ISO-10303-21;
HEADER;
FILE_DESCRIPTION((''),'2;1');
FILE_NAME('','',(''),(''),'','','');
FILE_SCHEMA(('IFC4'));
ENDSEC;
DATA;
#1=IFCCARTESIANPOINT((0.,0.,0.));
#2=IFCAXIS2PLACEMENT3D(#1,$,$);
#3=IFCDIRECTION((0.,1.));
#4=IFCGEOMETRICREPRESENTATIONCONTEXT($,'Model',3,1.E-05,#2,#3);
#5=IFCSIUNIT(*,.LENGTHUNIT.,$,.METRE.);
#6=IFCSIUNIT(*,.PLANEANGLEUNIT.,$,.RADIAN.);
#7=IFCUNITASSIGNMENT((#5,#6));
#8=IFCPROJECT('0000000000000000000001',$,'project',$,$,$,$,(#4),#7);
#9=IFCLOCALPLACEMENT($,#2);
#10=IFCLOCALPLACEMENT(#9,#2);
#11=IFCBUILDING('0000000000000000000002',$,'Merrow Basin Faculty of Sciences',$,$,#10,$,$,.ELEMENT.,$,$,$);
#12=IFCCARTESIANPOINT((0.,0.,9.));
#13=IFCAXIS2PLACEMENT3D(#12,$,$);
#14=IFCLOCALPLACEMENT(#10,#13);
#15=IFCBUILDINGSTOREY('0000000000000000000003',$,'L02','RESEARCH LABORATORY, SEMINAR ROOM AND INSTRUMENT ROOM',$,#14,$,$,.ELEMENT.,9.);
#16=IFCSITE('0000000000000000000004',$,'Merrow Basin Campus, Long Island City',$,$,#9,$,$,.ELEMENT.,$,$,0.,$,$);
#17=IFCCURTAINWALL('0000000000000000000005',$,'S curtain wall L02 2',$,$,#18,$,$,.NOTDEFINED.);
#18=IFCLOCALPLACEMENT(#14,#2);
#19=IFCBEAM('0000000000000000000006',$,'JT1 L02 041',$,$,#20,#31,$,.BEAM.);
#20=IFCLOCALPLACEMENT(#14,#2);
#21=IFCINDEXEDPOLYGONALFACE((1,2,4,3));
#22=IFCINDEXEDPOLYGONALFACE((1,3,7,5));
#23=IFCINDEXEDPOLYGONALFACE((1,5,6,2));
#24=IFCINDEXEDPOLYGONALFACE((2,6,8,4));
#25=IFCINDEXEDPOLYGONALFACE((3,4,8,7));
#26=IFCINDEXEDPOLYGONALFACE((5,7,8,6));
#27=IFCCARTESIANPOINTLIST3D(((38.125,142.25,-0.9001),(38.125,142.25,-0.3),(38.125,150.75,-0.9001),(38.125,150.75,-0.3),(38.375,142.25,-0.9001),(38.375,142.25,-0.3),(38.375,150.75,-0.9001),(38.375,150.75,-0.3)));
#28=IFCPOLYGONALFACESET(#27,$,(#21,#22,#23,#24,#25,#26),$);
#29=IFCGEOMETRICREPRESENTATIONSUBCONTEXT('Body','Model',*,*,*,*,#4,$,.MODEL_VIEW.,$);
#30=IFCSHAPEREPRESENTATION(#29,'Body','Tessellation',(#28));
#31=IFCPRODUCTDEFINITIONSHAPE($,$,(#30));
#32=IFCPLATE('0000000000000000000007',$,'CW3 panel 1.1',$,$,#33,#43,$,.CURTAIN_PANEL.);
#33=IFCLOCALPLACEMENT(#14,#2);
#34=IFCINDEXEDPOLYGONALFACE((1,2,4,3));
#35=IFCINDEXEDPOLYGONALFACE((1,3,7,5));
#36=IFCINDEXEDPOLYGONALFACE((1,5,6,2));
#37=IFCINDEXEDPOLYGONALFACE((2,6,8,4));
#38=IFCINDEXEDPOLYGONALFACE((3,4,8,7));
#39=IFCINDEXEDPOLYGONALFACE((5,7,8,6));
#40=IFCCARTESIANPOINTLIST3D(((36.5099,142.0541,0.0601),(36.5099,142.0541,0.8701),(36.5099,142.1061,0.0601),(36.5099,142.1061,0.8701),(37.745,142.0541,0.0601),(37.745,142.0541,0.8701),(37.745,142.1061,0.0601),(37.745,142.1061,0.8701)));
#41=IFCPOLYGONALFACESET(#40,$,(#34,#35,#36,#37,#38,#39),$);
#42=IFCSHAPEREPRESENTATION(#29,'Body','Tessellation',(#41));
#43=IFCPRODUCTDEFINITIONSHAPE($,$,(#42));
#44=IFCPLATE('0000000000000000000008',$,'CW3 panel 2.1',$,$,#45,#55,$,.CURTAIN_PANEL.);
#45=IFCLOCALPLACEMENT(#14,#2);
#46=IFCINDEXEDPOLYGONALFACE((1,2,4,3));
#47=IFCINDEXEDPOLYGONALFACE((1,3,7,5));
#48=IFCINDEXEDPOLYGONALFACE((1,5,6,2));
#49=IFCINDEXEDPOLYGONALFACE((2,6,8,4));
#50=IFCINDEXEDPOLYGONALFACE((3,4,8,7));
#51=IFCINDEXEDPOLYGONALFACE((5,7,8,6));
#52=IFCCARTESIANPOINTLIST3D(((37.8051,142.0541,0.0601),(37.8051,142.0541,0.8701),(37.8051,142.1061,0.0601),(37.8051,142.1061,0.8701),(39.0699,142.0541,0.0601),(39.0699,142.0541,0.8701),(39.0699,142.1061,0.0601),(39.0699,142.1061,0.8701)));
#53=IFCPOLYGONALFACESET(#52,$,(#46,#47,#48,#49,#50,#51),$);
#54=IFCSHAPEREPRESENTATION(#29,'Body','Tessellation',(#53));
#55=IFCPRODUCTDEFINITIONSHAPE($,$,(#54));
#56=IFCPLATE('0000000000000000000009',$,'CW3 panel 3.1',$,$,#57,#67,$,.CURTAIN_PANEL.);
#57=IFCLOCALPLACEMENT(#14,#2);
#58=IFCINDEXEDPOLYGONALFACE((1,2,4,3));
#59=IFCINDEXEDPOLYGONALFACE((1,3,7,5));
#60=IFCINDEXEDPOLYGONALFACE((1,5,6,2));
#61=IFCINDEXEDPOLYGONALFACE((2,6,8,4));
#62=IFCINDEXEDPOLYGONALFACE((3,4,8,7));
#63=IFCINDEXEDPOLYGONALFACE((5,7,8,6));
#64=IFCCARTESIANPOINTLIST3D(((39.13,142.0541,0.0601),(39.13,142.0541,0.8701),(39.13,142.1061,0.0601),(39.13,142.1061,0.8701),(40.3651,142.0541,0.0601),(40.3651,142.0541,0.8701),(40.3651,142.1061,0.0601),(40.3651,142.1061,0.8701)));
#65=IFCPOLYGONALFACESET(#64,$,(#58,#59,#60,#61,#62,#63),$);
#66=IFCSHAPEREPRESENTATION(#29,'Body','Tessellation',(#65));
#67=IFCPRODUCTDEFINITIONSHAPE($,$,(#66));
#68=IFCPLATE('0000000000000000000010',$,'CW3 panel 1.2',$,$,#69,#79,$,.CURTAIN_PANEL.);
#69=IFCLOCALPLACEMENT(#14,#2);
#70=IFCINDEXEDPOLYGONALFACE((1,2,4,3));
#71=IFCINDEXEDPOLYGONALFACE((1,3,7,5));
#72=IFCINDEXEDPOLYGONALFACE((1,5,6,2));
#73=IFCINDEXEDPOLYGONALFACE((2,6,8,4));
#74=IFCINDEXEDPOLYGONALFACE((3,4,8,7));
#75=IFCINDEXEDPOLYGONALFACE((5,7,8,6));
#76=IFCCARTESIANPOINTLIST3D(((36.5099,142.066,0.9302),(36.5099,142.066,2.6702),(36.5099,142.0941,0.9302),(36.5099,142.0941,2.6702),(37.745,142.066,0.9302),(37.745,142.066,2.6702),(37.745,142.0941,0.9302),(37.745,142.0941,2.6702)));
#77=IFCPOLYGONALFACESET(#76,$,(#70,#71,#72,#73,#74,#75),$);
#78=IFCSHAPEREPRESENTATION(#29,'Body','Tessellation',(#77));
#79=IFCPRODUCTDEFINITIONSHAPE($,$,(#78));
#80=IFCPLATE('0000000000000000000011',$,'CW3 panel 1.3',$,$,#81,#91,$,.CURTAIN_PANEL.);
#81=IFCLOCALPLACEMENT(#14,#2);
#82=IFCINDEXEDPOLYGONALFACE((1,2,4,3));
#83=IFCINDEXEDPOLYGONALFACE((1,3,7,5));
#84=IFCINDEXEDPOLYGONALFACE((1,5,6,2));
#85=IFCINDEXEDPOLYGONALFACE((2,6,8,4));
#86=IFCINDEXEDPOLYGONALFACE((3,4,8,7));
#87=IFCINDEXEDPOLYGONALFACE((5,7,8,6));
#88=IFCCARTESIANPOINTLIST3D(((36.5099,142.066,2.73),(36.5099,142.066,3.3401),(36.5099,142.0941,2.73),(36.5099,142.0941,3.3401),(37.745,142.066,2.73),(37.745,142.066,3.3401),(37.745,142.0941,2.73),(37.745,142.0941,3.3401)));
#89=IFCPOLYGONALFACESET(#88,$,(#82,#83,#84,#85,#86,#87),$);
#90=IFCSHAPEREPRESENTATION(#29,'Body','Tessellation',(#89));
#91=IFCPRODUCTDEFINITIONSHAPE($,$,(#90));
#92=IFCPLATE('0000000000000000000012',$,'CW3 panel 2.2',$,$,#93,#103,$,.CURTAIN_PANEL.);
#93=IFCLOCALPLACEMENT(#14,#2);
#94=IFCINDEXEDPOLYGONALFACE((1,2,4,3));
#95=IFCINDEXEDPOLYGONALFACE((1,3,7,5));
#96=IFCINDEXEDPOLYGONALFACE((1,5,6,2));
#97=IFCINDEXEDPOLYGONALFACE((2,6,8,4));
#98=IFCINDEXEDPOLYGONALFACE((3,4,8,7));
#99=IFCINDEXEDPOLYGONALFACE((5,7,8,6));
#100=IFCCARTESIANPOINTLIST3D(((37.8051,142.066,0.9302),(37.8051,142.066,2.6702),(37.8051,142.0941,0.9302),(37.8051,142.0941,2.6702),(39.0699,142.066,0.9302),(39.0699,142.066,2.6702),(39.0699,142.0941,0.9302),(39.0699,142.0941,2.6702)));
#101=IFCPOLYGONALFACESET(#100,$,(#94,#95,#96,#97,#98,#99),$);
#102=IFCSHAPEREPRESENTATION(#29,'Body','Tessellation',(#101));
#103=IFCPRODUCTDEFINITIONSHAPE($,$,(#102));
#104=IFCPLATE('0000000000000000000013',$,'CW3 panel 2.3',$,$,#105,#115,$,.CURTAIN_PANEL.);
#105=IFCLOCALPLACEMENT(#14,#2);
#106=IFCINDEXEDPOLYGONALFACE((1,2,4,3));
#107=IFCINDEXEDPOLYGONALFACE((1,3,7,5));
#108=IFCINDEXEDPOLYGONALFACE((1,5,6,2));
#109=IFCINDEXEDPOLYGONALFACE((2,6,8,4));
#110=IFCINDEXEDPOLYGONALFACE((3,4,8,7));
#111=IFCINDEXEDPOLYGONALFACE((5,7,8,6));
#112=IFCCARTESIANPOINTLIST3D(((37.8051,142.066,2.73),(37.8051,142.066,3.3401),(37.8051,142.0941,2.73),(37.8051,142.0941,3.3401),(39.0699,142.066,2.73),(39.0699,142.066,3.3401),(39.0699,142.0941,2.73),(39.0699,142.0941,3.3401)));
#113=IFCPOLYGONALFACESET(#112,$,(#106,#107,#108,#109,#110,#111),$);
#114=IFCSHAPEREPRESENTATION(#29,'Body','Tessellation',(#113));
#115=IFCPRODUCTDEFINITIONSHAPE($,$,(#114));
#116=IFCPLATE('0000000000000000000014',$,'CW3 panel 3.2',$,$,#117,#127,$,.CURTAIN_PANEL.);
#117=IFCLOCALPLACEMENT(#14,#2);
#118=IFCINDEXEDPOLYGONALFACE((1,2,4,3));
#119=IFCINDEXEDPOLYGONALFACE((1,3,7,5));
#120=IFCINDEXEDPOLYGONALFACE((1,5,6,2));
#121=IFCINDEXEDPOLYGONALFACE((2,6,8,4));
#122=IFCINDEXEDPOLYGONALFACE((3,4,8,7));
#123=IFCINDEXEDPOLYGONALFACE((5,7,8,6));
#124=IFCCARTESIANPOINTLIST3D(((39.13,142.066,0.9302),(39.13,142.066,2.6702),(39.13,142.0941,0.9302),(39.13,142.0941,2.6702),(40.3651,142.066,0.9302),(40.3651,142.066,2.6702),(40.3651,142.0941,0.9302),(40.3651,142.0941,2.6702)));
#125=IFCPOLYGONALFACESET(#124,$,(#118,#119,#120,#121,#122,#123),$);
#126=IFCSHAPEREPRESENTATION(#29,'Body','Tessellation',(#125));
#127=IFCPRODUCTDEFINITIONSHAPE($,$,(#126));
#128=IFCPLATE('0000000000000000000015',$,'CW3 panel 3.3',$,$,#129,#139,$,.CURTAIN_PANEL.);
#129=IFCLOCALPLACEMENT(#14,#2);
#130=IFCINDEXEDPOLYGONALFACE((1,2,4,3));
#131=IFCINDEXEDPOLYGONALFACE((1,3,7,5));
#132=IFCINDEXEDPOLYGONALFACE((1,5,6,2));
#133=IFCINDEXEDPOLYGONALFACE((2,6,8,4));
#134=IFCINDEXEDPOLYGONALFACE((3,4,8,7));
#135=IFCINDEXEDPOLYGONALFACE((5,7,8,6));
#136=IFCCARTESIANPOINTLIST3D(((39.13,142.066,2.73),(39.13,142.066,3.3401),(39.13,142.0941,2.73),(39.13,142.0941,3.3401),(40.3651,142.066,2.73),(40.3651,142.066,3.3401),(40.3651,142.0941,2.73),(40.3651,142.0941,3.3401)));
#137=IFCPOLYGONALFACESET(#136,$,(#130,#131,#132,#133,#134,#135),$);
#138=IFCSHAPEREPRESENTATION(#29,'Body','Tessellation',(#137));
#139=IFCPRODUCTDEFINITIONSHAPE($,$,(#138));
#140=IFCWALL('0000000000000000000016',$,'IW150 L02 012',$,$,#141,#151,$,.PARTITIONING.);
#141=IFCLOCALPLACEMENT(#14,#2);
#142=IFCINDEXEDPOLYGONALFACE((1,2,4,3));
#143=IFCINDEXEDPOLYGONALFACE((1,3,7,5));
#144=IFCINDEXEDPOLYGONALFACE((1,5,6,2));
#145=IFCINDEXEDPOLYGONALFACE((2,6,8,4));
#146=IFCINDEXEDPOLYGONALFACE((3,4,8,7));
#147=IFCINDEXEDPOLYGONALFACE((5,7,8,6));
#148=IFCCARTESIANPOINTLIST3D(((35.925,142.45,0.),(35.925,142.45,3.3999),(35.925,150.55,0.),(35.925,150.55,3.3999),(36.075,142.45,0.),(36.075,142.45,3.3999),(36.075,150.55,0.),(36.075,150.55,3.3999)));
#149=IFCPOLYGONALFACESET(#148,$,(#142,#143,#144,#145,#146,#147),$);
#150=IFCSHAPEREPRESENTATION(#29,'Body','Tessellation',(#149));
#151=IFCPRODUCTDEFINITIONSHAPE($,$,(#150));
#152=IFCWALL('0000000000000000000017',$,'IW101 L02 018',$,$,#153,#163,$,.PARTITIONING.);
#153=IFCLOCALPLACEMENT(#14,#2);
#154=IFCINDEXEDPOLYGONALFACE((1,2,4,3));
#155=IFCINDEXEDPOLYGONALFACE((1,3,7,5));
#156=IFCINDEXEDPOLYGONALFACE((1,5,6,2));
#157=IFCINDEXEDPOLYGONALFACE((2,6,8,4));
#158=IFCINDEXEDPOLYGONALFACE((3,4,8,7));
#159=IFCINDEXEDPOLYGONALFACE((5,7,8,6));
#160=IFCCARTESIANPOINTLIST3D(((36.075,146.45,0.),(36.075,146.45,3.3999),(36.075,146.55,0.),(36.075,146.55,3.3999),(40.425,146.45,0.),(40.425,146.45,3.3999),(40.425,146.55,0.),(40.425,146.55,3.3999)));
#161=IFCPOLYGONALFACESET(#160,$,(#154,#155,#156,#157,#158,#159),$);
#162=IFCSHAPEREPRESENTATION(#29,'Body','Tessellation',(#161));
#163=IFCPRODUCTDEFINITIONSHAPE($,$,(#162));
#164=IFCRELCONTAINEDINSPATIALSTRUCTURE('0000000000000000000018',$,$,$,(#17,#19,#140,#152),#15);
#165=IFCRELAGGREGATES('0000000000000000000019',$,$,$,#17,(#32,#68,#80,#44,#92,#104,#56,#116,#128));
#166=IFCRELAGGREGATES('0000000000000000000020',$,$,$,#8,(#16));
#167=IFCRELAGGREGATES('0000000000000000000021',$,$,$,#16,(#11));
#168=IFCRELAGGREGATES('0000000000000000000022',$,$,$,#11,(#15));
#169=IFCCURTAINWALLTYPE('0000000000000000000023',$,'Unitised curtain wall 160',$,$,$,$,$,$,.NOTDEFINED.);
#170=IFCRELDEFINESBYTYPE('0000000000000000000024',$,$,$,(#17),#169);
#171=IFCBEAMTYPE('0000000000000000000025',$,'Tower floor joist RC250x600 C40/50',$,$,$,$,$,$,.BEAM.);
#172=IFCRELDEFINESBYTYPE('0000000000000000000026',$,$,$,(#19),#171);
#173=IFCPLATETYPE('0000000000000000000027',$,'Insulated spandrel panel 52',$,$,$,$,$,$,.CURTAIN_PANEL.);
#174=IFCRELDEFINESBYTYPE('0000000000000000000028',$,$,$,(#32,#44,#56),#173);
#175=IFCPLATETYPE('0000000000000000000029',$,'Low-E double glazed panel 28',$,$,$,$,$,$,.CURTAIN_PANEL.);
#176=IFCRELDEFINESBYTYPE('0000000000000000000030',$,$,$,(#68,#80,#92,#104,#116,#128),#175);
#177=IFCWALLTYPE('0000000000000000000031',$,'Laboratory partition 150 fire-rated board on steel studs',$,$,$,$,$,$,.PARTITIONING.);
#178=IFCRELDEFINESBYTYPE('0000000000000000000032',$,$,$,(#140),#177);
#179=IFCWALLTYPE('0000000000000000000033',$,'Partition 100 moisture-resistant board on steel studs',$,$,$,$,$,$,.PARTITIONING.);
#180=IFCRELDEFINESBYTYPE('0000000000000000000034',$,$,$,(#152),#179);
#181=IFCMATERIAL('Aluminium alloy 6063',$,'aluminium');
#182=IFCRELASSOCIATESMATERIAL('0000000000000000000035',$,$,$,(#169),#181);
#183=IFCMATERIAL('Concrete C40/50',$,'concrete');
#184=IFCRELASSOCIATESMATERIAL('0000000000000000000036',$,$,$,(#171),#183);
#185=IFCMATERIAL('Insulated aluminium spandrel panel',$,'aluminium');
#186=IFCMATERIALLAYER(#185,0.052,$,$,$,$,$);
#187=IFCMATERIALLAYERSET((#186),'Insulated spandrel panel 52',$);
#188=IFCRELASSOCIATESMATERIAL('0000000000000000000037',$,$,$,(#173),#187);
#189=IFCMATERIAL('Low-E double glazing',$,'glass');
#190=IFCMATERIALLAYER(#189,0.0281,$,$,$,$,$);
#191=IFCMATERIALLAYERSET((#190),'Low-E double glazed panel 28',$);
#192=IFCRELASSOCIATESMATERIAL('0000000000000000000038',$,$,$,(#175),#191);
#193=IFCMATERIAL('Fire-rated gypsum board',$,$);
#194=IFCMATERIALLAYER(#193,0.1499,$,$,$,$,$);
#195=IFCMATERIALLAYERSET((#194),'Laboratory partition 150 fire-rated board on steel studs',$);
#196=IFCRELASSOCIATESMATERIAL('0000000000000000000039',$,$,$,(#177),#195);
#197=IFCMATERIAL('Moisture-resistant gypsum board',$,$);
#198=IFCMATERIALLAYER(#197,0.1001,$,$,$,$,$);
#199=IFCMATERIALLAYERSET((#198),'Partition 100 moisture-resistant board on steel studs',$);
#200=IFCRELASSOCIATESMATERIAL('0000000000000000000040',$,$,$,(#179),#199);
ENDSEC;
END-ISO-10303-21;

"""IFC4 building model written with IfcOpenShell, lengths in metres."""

from ifc_helpers import new_model, si_unit, direction, frame, frame_2d, origin, origin_2d, place, context, subcontext, project, spatial, rectangle, extrude, material, layer, layer_set, material_profile, profile_set, type_object, element, aggregate, save


model = new_model("IFC4")

# Units and contexts
model_context = context("Model", 3, precision=1e-05, world=origin(), true_north=direction((0.0, 1.0)))
body_context = subcontext(model_context, "Body", "Model", "MODEL_VIEW")
ifc_project = project(units=[si_unit("LENGTHUNIT", "METRE"), si_unit("PLANEANGLEUNIT", "RADIAN")], contexts=[model_context])

# Site, building, storey
site_placement = place(None, origin())
site = spatial("IfcSite", under=ifc_project, at=site_placement, Name="Merrow Basin Campus, Long Island City", CompositionType="ELEMENT", RefElevation=0.0)
building_placement = place(site_placement, origin())
building = spatial("IfcBuilding", under=site, at=building_placement, Name="Merrow Basin Faculty of Sciences", CompositionType="ELEMENT")
storey_placement = place(building_placement, frame((0.0, 0.0, 9.0)))
storey = spatial("IfcBuildingStorey", under=building, at=storey_placement, Name="L02", Description="RESEARCH LABORATORY, SEMINAR ROOM AND INSTRUMENT ROOM", CompositionType="ELEMENT", Elevation=9.0)

# Curtain wall
ifc_material_1 = material(Name="Aluminium alloy 6063", Category="aluminium")
curtain_wall_type = type_object("IfcCurtainWallType", Name="Unitised curtain wall 160", PredefinedType="NOTDEFINED", material=ifc_material_1)
curtain_wall_placement = place(storey_placement, origin())
curtain_wall = element("IfcCurtainWall", 1, at=curtain_wall_placement, inside=storey, type_object=curtain_wall_type, Name="S curtain wall L02 2", PredefinedType="NOTDEFINED")

# Beam
ifc_material_2 = material(Name="Concrete C40/50", Category="concrete")
ifc_material_profile_1 = material_profile(ifc_material_2, rectangle(XDim=0.25, YDim=0.6001, at=origin_2d()))
ifc_profile_set_1 = profile_set([ifc_material_profile_1], Name="Concrete C40/50")
beam_type_1 = type_object("IfcBeamType", Name="Tower floor joist RC250x600 C40/50", PredefinedType="BEAM", material=ifc_profile_set_1)
for number, where, z_axis, x_axis, name in (
    (2, (38.25, 142.25, -0.6001), (0.0, 1.0, 0.0), (-1.0, 0.0, 0.0), "JT1 L02 041"),
):
    element("IfcBeam", number, at=place(storey_placement, frame(where, z_axis=z_axis, x_axis=x_axis)), inside=storey, type_object=beam_type_1, Name=name, PredefinedType="BEAM", context=body_context, shape_type="SweptSolid", body=[
        extrude(rectangle(XDim=0.25, YDim=0.6001, at=origin_2d()), origin(), (0.0, 0.0, 1.0), 8.5),
    ])

# Plates
ifc_material_3 = material(Name="Insulated aluminium spandrel panel", Category="aluminium")
ifc_layer_1 = layer(ifc_material_3, 0.052)
ifc_layer_set_1 = layer_set([ifc_layer_1], Name="Insulated spandrel panel 52")
plate_type_1 = type_object("IfcPlateType", Name="Insulated spandrel panel 52", PredefinedType="CURTAIN_PANEL", material=ifc_layer_set_1)
plate_1_placement = place(storey_placement, frame((37.1274, 142.0801, 0.0601), z_axis=(0.0, 0.0, 1.0), x_axis=(1.0, 0.0, 0.0)))
plate_1 = element("IfcPlate", 3, at=plate_1_placement, type_object=plate_type_1, Name="CW3 panel 1.1", PredefinedType="CURTAIN_PANEL", context=body_context, shape_type="SweptSolid", body=[
    extrude(rectangle(XDim=1.2351, YDim=0.052, at=origin_2d()), origin(), (0.0, 0.0, 1.0), 0.8101),
])
plate_2_placement = place(storey_placement, frame((38.4375, 142.0801, 0.0601), z_axis=(0.0, 0.0, 1.0), x_axis=(1.0, 0.0, 0.0)))
plate_2 = element("IfcPlate", 4, at=plate_2_placement, type_object=plate_type_1, Name="CW3 panel 2.1", PredefinedType="CURTAIN_PANEL", context=body_context, shape_type="SweptSolid", body=[
    extrude(rectangle(XDim=1.2649, YDim=0.052, at=origin_2d()), origin(), (0.0, 0.0, 1.0), 0.8101),
])
plate_3_placement = place(storey_placement, frame((39.7476, 142.0801, 0.0601), z_axis=(0.0, 0.0, 1.0), x_axis=(1.0, 0.0, 0.0)))
plate_3 = element("IfcPlate", 5, at=plate_3_placement, type_object=plate_type_1, Name="CW3 panel 3.1", PredefinedType="CURTAIN_PANEL", context=body_context, shape_type="SweptSolid", body=[
    extrude(rectangle(XDim=1.2351, YDim=0.052, at=origin_2d()), origin(), (0.0, 0.0, 1.0), 0.8101),
])
ifc_material_4 = material(Name="Low-E double glazing", Category="glass")
ifc_layer_2 = layer(ifc_material_4, 0.0281)
ifc_layer_set_2 = layer_set([ifc_layer_2], Name="Low-E double glazed panel 28")
plate_type_2 = type_object("IfcPlateType", Name="Low-E double glazed panel 28", PredefinedType="CURTAIN_PANEL", material=ifc_layer_set_2)
plate_4_placement = place(storey_placement, frame((37.1274, 142.0801, 0.9302), z_axis=(0.0, 0.0, 1.0), x_axis=(1.0, 0.0, 0.0)))
plate_4 = element("IfcPlate", 6, at=plate_4_placement, type_object=plate_type_2, Name="CW3 panel 1.2", PredefinedType="CURTAIN_PANEL", context=body_context, shape_type="SweptSolid", body=[
    extrude(rectangle(XDim=1.2351, YDim=0.0281, at=origin_2d()), origin(), (0.0, 0.0, 1.0), 1.74),
])
plate_5_placement = place(storey_placement, frame((37.1274, 142.0801, 2.73), z_axis=(0.0, 0.0, 1.0), x_axis=(1.0, 0.0, 0.0)))
plate_5 = element("IfcPlate", 7, at=plate_5_placement, type_object=plate_type_2, Name="CW3 panel 1.3", PredefinedType="CURTAIN_PANEL", context=body_context, shape_type="SweptSolid", body=[
    extrude(rectangle(XDim=1.2351, YDim=0.0281, at=origin_2d()), origin(), (0.0, 0.0, 1.0), 0.6101),
])
plate_6_placement = place(storey_placement, frame((38.4375, 142.0801, 0.9302), z_axis=(0.0, 0.0, 1.0), x_axis=(1.0, 0.0, 0.0)))
plate_6 = element("IfcPlate", 8, at=plate_6_placement, type_object=plate_type_2, Name="CW3 panel 2.2", PredefinedType="CURTAIN_PANEL", context=body_context, shape_type="SweptSolid", body=[
    extrude(rectangle(XDim=1.2649, YDim=0.0281, at=origin_2d()), origin(), (0.0, 0.0, 1.0), 1.74),
])
plate_7_placement = place(storey_placement, frame((38.4375, 142.0801, 2.73), z_axis=(0.0, 0.0, 1.0), x_axis=(1.0, 0.0, 0.0)))
plate_7 = element("IfcPlate", 9, at=plate_7_placement, type_object=plate_type_2, Name="CW3 panel 2.3", PredefinedType="CURTAIN_PANEL", context=body_context, shape_type="SweptSolid", body=[
    extrude(rectangle(XDim=1.2649, YDim=0.0281, at=origin_2d()), origin(), (0.0, 0.0, 1.0), 0.6101),
])
plate_8_placement = place(storey_placement, frame((39.7476, 142.0801, 0.9302), z_axis=(0.0, 0.0, 1.0), x_axis=(1.0, 0.0, 0.0)))
plate_8 = element("IfcPlate", 10, at=plate_8_placement, type_object=plate_type_2, Name="CW3 panel 3.2", PredefinedType="CURTAIN_PANEL", context=body_context, shape_type="SweptSolid", body=[
    extrude(rectangle(XDim=1.2351, YDim=0.0281, at=origin_2d()), origin(), (0.0, 0.0, 1.0), 1.74),
])
plate_9_placement = place(storey_placement, frame((39.7476, 142.0801, 2.73), z_axis=(0.0, 0.0, 1.0), x_axis=(1.0, 0.0, 0.0)))
plate_9 = element("IfcPlate", 11, at=plate_9_placement, type_object=plate_type_2, Name="CW3 panel 3.3", PredefinedType="CURTAIN_PANEL", context=body_context, shape_type="SweptSolid", body=[
    extrude(rectangle(XDim=1.2351, YDim=0.0281, at=origin_2d()), origin(), (0.0, 0.0, 1.0), 0.6101),
])
aggregate(curtain_wall, [plate_1, plate_4, plate_5, plate_2, plate_6, plate_7, plate_3, plate_8, plate_9])

# Walls
ifc_material_5 = material(Name="Fire-rated gypsum board")
ifc_layer_3 = layer(ifc_material_5, 0.1499)
ifc_layer_set_3 = layer_set([ifc_layer_3], Name="Laboratory partition 150 fire-rated board on steel studs")
wall_type_1 = type_object("IfcWallType", Name="Laboratory partition 150 fire-rated board on steel studs", PredefinedType="PARTITIONING", material=ifc_layer_set_3)
wall_1_placement = place(storey_placement, frame((36.0, 142.45, 0.0), z_axis=(0.0, 0.0, 1.0), x_axis=(0.0, 1.0, 0.0)))
element("IfcWall", 12, at=wall_1_placement, inside=storey, type_object=wall_type_1, Name="IW150 L02 012", PredefinedType="PARTITIONING", context=body_context, shape_type="SweptSolid", body=[
    extrude(rectangle(XDim=8.1001, YDim=0.1499, at=frame_2d((4.05, 0.0))), origin(), (0.0, 0.0, 1.0), 3.3999),
])
ifc_material_6 = material(Name="Moisture-resistant gypsum board")
ifc_layer_4 = layer(ifc_material_6, 0.1001)
ifc_layer_set_4 = layer_set([ifc_layer_4], Name="Partition 100 moisture-resistant board on steel studs")
wall_type_2 = type_object("IfcWallType", Name="Partition 100 moisture-resistant board on steel studs", PredefinedType="PARTITIONING", material=ifc_layer_set_4)
wall_2_placement = place(storey_placement, frame((36.075, 146.5, 0.0), z_axis=(0.0, 0.0, 1.0), x_axis=(1.0, 0.0, 0.0)))
element("IfcWall", 13, at=wall_2_placement, inside=storey, type_object=wall_type_2, Name="IW101 L02 018", PredefinedType="PARTITIONING", context=body_context, shape_type="SweptSolid", body=[
    extrude(rectangle(XDim=4.3501, YDim=0.1001, at=frame_2d((2.175, 0.0))), origin(), (0.0, 0.0, 1.0), 3.3999),
])

save(model, "model.ifc")
